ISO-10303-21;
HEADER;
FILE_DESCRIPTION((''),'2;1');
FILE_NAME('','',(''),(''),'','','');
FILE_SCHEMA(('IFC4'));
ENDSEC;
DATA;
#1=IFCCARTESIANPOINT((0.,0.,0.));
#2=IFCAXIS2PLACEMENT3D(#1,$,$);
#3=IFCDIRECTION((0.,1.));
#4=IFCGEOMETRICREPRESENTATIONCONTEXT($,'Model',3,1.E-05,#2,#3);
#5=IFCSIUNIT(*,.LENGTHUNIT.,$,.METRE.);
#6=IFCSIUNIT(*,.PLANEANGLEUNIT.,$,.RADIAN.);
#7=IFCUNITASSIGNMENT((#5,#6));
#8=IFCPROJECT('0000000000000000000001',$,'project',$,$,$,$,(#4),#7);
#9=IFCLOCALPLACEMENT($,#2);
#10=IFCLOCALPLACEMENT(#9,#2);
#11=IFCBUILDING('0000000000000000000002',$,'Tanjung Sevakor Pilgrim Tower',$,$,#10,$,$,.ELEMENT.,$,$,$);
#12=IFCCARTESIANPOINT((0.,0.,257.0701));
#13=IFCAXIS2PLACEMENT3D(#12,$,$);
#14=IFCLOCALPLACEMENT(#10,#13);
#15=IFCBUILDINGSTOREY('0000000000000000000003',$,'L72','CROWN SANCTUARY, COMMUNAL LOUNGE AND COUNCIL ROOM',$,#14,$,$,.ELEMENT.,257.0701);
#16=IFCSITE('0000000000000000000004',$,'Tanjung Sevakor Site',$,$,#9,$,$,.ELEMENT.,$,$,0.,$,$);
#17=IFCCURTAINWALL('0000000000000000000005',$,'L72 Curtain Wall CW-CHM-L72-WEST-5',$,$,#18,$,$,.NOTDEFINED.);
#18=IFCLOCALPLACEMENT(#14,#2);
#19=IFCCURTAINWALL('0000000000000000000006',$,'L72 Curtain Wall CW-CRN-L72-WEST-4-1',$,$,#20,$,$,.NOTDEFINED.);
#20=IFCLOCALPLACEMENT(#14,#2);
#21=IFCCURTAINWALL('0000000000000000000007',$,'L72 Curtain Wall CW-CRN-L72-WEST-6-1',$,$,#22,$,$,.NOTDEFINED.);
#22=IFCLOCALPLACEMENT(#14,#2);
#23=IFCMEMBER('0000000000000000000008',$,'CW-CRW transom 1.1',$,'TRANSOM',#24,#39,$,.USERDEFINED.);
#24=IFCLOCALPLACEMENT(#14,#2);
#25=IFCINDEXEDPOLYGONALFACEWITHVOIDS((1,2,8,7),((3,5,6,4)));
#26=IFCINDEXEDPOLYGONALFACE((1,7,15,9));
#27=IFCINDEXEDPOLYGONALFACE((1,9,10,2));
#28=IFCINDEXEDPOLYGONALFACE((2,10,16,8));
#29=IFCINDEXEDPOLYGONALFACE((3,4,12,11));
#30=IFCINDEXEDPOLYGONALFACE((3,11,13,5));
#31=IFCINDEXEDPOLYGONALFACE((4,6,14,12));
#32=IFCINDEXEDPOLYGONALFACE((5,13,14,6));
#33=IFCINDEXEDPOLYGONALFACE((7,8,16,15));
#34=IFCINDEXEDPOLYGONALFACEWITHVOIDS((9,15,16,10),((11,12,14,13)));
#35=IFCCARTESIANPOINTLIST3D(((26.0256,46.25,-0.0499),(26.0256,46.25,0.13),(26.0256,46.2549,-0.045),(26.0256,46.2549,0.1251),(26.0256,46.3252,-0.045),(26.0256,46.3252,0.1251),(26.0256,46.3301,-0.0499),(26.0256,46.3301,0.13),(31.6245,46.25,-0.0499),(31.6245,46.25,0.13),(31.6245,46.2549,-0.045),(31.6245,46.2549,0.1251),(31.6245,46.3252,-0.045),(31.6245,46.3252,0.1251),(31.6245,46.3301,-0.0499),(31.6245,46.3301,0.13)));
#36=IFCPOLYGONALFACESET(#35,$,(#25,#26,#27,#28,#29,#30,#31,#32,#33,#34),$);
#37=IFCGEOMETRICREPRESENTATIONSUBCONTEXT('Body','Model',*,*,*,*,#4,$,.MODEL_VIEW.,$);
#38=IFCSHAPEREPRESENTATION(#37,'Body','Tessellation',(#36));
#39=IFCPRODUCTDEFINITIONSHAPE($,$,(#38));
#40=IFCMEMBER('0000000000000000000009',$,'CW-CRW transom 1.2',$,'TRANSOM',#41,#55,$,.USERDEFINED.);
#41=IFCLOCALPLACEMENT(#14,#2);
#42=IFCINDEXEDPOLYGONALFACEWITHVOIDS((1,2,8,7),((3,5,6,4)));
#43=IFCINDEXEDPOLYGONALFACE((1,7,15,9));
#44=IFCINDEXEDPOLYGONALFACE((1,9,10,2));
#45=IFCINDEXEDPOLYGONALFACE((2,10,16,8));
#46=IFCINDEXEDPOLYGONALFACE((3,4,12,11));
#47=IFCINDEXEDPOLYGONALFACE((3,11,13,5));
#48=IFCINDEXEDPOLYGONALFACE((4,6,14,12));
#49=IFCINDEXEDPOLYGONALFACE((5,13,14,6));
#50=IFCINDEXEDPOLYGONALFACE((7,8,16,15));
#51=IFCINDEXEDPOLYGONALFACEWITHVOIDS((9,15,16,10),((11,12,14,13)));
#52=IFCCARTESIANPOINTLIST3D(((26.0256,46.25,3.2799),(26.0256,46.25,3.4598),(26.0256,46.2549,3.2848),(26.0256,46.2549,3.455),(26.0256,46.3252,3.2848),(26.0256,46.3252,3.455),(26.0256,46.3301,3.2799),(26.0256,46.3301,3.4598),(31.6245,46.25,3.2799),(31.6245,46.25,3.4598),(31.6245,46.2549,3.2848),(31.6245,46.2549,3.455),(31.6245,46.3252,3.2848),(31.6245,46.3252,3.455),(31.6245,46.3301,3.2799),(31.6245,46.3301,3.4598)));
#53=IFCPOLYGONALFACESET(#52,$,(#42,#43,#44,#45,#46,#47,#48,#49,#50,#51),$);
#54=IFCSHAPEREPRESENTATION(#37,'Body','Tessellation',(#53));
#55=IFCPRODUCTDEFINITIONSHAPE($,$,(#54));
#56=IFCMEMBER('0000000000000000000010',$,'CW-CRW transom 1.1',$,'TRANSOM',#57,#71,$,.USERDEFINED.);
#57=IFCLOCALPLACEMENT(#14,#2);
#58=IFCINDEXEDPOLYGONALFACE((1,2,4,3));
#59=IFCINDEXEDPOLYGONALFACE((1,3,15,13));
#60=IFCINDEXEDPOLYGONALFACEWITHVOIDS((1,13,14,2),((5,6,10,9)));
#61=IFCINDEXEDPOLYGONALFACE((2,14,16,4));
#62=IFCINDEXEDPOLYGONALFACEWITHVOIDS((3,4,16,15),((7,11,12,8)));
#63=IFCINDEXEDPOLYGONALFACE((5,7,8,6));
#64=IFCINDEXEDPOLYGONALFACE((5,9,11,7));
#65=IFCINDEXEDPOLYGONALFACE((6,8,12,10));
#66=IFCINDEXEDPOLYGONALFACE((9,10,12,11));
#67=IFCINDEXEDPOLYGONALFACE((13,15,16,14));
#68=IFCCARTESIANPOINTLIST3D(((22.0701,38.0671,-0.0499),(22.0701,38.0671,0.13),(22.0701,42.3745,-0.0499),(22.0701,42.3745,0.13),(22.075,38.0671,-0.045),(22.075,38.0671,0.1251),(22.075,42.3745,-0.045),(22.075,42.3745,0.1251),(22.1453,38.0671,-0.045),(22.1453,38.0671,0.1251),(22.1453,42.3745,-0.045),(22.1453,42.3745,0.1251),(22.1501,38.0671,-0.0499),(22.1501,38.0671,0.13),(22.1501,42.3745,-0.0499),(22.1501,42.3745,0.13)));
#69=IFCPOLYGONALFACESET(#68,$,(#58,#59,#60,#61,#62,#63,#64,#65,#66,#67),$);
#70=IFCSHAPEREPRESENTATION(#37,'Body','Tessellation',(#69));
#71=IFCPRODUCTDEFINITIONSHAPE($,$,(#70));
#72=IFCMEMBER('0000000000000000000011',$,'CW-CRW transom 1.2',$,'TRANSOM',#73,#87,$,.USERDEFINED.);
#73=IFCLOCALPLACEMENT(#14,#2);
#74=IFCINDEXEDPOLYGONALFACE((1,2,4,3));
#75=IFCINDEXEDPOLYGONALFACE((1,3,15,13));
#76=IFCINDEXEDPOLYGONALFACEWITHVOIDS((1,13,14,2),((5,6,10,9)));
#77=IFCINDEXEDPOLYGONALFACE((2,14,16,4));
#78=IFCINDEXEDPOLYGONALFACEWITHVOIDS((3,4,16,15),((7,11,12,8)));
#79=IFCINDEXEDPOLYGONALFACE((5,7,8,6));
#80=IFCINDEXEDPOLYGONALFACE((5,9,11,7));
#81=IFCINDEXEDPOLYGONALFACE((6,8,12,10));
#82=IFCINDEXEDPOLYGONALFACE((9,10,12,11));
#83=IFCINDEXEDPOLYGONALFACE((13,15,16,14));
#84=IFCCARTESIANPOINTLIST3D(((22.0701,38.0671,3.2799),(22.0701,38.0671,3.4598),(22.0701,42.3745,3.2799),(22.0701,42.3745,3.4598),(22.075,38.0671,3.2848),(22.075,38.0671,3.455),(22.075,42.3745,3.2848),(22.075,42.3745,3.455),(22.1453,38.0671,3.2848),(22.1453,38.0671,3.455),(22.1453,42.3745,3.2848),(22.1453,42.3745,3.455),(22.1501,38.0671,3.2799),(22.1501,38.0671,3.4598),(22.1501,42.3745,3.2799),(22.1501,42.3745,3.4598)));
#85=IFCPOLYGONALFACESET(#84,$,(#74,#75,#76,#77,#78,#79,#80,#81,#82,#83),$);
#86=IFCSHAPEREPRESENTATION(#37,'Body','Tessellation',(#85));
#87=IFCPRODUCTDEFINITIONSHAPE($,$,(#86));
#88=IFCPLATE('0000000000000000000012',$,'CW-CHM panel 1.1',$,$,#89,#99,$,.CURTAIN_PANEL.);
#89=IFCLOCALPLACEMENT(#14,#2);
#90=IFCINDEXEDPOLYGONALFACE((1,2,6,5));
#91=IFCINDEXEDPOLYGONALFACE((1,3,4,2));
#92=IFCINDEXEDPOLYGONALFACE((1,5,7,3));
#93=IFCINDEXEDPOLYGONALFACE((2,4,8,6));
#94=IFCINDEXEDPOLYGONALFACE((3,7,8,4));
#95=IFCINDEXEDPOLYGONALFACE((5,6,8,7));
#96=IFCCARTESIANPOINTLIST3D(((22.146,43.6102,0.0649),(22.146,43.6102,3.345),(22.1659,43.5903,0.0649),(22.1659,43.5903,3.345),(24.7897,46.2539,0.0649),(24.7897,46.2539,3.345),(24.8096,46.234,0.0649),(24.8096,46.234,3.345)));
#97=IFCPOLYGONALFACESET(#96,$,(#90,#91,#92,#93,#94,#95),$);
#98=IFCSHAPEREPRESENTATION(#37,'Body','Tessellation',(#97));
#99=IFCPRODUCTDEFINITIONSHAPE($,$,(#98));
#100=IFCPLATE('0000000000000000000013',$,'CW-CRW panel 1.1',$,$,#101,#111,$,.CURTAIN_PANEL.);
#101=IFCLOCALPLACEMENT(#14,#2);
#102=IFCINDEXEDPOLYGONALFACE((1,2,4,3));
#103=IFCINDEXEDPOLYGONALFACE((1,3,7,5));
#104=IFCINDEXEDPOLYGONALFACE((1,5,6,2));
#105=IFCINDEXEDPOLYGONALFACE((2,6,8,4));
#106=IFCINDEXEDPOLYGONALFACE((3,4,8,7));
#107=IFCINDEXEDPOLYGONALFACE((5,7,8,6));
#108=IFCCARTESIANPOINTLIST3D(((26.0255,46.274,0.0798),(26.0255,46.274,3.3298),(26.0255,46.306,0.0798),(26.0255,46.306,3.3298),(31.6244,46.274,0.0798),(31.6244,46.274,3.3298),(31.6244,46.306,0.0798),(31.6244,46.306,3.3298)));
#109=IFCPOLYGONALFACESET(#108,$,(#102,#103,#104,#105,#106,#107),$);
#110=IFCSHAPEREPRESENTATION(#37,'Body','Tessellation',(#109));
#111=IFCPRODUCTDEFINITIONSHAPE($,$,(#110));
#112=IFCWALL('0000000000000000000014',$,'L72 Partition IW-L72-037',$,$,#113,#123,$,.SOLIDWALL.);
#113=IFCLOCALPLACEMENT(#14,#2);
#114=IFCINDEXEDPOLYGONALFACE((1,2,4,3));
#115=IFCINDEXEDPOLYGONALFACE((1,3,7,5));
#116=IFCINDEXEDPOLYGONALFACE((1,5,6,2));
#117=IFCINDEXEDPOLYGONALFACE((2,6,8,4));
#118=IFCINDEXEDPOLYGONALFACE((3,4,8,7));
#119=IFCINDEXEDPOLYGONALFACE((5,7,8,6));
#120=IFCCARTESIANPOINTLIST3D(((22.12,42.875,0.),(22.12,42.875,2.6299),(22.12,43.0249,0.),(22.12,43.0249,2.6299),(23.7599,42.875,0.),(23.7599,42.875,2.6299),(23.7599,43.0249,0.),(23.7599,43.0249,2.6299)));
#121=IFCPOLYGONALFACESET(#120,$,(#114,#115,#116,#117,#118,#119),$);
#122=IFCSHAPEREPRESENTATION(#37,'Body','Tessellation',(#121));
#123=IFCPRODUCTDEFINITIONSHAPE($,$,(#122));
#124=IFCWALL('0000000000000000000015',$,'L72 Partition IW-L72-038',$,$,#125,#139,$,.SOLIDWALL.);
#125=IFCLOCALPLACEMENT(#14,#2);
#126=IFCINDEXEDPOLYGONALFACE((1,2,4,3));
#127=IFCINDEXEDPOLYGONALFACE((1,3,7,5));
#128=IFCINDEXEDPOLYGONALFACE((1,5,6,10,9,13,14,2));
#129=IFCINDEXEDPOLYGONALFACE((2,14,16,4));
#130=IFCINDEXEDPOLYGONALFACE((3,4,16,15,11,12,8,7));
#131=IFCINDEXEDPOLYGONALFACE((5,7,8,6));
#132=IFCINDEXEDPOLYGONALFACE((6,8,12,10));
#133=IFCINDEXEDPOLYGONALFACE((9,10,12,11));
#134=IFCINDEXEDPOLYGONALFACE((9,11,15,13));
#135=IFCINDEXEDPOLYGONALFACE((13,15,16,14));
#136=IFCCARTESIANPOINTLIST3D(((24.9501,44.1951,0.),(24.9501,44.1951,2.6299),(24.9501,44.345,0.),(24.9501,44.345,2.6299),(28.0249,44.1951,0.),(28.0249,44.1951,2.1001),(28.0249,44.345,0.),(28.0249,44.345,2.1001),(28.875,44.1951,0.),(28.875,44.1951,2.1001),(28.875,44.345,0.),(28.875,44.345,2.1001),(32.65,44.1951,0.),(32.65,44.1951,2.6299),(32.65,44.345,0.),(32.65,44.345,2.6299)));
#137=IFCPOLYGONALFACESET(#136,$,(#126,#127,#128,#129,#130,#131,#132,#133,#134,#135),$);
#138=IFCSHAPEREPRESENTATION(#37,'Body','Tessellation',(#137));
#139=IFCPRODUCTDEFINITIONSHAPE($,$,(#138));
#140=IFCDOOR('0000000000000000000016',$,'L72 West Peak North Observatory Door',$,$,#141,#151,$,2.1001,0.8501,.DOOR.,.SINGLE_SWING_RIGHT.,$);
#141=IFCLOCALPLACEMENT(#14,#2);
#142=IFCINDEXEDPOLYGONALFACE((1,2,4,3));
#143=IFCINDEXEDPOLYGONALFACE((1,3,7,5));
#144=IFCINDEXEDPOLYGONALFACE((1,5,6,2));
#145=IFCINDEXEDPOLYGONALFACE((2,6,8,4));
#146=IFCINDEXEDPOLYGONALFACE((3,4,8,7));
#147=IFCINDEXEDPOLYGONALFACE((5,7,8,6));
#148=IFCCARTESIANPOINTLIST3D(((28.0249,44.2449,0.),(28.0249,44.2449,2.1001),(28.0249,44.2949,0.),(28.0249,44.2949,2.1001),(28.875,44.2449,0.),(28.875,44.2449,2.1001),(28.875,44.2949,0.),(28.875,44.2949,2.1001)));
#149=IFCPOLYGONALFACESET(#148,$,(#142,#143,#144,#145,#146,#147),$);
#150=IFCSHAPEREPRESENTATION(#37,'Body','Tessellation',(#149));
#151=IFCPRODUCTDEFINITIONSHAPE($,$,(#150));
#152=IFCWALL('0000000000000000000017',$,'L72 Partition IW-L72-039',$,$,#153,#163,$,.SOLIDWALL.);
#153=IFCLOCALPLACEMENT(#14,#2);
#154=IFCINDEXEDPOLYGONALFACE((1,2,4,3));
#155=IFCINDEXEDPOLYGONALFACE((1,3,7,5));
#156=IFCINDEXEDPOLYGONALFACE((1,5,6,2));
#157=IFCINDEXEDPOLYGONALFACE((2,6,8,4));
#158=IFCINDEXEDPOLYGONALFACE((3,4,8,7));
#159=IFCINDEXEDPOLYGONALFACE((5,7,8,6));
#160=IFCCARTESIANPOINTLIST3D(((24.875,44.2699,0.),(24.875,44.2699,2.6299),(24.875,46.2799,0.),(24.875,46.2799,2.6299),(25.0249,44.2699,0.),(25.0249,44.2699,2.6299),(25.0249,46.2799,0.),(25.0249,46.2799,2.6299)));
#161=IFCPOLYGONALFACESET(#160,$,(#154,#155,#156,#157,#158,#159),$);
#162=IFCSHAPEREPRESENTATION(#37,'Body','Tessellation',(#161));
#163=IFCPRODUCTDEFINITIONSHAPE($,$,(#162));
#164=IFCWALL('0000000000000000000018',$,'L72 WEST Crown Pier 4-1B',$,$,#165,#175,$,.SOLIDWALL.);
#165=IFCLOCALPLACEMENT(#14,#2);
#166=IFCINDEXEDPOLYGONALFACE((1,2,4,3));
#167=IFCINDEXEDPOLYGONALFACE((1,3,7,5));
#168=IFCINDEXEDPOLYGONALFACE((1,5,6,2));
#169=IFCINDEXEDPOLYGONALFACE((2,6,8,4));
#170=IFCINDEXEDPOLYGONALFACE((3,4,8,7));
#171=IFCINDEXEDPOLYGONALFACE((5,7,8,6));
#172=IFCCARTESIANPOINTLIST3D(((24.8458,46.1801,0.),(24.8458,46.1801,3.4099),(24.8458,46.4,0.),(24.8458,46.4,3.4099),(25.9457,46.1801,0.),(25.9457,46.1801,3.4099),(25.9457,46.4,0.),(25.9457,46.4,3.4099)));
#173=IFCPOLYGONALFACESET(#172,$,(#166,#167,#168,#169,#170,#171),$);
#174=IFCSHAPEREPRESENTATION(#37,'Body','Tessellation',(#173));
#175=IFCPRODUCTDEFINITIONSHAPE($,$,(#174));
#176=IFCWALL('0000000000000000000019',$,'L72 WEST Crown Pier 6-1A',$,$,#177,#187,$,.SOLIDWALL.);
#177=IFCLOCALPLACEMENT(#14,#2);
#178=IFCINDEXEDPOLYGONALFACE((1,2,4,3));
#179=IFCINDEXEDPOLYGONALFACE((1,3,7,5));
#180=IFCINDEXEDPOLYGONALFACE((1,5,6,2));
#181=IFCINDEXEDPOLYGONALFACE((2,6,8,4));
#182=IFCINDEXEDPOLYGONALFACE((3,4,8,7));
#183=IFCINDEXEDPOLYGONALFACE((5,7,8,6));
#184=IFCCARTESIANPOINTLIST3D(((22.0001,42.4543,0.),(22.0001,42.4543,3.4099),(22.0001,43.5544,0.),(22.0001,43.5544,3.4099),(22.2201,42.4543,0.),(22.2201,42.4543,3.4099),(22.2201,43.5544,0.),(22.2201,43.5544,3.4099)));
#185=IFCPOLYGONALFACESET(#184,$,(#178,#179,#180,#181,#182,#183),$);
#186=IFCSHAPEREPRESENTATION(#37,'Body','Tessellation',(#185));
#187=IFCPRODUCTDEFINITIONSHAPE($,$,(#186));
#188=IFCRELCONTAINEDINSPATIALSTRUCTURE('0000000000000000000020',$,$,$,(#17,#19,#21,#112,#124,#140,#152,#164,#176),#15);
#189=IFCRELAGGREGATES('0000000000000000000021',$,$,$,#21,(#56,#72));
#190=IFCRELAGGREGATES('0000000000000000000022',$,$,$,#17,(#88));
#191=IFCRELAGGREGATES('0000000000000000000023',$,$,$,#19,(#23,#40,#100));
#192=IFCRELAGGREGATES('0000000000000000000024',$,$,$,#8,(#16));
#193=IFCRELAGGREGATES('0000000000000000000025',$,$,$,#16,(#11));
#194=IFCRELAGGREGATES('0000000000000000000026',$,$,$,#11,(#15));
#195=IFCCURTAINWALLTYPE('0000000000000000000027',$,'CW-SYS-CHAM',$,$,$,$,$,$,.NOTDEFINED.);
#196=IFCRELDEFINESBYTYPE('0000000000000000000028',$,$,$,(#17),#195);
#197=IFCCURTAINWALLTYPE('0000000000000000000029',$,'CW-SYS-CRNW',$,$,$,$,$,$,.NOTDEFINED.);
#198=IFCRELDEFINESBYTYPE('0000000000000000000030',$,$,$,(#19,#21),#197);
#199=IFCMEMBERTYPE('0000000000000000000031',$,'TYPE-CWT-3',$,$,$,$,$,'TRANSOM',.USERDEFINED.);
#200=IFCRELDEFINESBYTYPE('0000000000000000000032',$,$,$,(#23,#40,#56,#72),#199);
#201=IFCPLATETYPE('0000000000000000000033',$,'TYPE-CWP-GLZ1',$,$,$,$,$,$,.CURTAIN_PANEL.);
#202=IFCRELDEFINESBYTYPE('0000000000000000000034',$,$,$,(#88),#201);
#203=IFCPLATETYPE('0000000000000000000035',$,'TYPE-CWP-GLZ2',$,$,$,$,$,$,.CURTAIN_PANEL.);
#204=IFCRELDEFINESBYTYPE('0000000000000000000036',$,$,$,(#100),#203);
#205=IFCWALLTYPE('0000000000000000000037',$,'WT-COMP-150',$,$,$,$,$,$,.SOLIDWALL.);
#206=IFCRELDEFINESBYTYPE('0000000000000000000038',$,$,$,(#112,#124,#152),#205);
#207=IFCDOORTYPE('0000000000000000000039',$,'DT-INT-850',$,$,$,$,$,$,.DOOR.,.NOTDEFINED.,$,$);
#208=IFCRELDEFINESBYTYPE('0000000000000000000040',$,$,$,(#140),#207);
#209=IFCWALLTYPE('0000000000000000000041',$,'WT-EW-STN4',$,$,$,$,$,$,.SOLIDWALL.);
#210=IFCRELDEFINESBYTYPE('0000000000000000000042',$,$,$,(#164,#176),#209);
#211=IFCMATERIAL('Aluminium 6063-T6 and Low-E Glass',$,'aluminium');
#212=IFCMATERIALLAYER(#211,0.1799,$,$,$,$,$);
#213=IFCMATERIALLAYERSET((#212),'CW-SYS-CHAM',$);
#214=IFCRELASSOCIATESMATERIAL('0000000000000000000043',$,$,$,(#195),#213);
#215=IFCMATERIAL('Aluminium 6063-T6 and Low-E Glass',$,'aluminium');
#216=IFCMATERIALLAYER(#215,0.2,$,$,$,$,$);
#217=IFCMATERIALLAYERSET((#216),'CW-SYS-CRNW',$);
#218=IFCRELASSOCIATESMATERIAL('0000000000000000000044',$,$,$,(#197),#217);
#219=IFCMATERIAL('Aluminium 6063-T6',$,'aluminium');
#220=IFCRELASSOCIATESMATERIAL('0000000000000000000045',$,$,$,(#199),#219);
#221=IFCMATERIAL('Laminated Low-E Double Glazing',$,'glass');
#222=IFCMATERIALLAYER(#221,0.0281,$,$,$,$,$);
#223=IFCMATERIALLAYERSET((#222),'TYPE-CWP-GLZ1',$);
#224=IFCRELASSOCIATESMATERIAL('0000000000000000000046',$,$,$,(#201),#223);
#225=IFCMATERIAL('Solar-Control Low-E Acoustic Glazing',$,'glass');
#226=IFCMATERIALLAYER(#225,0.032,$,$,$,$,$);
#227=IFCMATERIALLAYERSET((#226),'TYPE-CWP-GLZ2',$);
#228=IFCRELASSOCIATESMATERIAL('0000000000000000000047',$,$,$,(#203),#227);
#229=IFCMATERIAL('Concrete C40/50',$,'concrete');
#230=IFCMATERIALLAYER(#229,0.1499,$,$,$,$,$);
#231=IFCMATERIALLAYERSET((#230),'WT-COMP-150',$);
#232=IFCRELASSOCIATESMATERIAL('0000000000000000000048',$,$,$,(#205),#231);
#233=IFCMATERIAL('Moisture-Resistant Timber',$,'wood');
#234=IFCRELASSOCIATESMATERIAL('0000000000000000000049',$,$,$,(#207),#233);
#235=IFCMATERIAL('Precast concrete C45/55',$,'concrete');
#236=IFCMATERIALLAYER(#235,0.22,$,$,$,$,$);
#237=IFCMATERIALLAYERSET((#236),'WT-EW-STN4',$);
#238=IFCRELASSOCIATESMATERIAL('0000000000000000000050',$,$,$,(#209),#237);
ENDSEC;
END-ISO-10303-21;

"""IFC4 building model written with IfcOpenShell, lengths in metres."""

from ifc_helpers import new_model, si_unit, direction, frame, frame_2d, origin, origin_2d, place, context, subcontext, project, spatial, rectangle, hollow_rectangle, extrude, material, layer, layer_set, material_profile, profile_set, type_object, element, fill, aggregate, save


model = new_model("IFC4")

# Units and contexts
model_context = context("Model", 3, precision=1e-05, world=origin(), true_north=direction((0.0, 1.0)))
body_context = subcontext(model_context, "Body", "Model", "MODEL_VIEW")
ifc_project = project(units=[si_unit("LENGTHUNIT", "METRE"), si_unit("PLANEANGLEUNIT", "RADIAN")], contexts=[model_context])

# Site, building, storey
site_placement = place(None, origin())
site = spatial("IfcSite", under=ifc_project, at=site_placement, Name="Tanjung Sevakor Site", CompositionType="ELEMENT", RefElevation=0.0)
building_placement = place(site_placement, origin())
building = spatial("IfcBuilding", under=site, at=building_placement, Name="Tanjung Sevakor Pilgrim Tower", CompositionType="ELEMENT")
storey_placement = place(building_placement, frame((0.0, 0.0, 257.0701)))
storey = spatial("IfcBuildingStorey", under=building, at=storey_placement, Name="L72", Description="CROWN SANCTUARY, COMMUNAL LOUNGE AND COUNCIL ROOM", CompositionType="ELEMENT", Elevation=257.0701)

# Curtain walls
ifc_material_1 = material(Name="Aluminium 6063-T6 and Low-E Glass", Category="aluminium")
ifc_layer_1 = layer(ifc_material_1, 0.1799)
ifc_layer_set_1 = layer_set([ifc_layer_1], Name="CW-SYS-CHAM")
curtain_wall_type_1 = type_object("IfcCurtainWallType", Name="CW-SYS-CHAM", PredefinedType="NOTDEFINED", material=ifc_layer_set_1)
curtain_wall_1_placement = place(storey_placement, origin())
curtain_wall_1 = element("IfcCurtainWall", 1, at=curtain_wall_1_placement, inside=storey, type_object=curtain_wall_type_1, Name="L72 Curtain Wall CW-CHM-L72-WEST-5", PredefinedType="NOTDEFINED")
ifc_material_2 = material(Name="Aluminium 6063-T6 and Low-E Glass", Category="aluminium")
ifc_layer_2 = layer(ifc_material_2, 0.2)
ifc_layer_set_2 = layer_set([ifc_layer_2], Name="CW-SYS-CRNW")
curtain_wall_type_2 = type_object("IfcCurtainWallType", Name="CW-SYS-CRNW", PredefinedType="NOTDEFINED", material=ifc_layer_set_2)
curtain_wall_2_placement = place(storey_placement, origin())
curtain_wall_2 = element("IfcCurtainWall", 2, at=curtain_wall_2_placement, inside=storey, type_object=curtain_wall_type_2, Name="L72 Curtain Wall CW-CRN-L72-WEST-4-1", PredefinedType="NOTDEFINED")

# Curtain wall
curtain_wall_3_placement = place(storey_placement, origin())
curtain_wall_3 = element("IfcCurtainWall", 3, at=curtain_wall_3_placement, inside=storey, type_object=curtain_wall_type_2, Name="L72 Curtain Wall CW-CRN-L72-WEST-6-1", PredefinedType="NOTDEFINED")

# Members
ifc_material_3 = material(Name="Aluminium 6063-T6", Category="aluminium")
ifc_material_profile_1 = material_profile(ifc_material_3, hollow_rectangle(XDim=0.0801, YDim=0.1799, WallThickness=0.0049, at=origin_2d()))
ifc_profile_set_1 = profile_set([ifc_material_profile_1], Name="Aluminium 6063-T6")
member_type_1 = type_object("IfcMemberType", Name="TYPE-CWT-3", ElementType="TRANSOM", PredefinedType="USERDEFINED", material=ifc_profile_set_1)
member_1_placement = place(storey_placement, frame((31.6245, 46.29, 0.04), z_axis=(-1.0, 0.0, 0.0), x_axis=(0.0, -1.0, 0.0)))
member_1 = element("IfcMember", 4, at=member_1_placement, type_object=member_type_1, Name="CW-CRW transom 1.1", ObjectType="TRANSOM", PredefinedType="USERDEFINED", context=body_context, shape_type="SweptSolid", body=[
    extrude(hollow_rectangle(XDim=0.0801, YDim=0.1799, WallThickness=0.0049, at=origin_2d()), origin(), (0.0, 0.0, 1.0), 5.5989),
])
member_2_placement = place(storey_placement, frame((31.6245, 46.29, 3.3699), z_axis=(-1.0, 0.0, 0.0), x_axis=(0.0, -1.0, 0.0)))
member_2 = element("IfcMember", 5, at=member_2_placement, type_object=member_type_1, Name="CW-CRW transom 1.2", ObjectType="TRANSOM", PredefinedType="USERDEFINED", context=body_context, shape_type="SweptSolid", body=[
    extrude(hollow_rectangle(XDim=0.0801, YDim=0.1799, WallThickness=0.0049, at=origin_2d()), origin(), (0.0, 0.0, 1.0), 5.5989),
])
member_3_placement = place(storey_placement, frame((22.1101, 42.3745, 0.04), z_axis=(0.0, -1.0, 0.0), x_axis=(1.0, 0.0, 0.0)))
member_3 = element("IfcMember", 6, at=member_3_placement, type_object=member_type_1, Name="CW-CRW transom 1.1", ObjectType="TRANSOM", PredefinedType="USERDEFINED", context=body_context, shape_type="SweptSolid", body=[
    extrude(hollow_rectangle(XDim=0.0801, YDim=0.1799, WallThickness=0.0049, at=origin_2d()), origin(), (0.0, 0.0, 1.0), 4.3074),
])
member_4_placement = place(storey_placement, frame((22.1101, 42.3745, 3.3699), z_axis=(0.0, -1.0, 0.0), x_axis=(1.0, 0.0, 0.0)))
member_4 = element("IfcMember", 7, at=member_4_placement, type_object=member_type_1, Name="CW-CRW transom 1.2", ObjectType="TRANSOM", PredefinedType="USERDEFINED", context=body_context, shape_type="SweptSolid", body=[
    extrude(hollow_rectangle(XDim=0.0801, YDim=0.1799, WallThickness=0.0049, at=origin_2d()), origin(), (0.0, 0.0, 1.0), 4.3074),
])
aggregate(curtain_wall_3, [member_3, member_4])

# Plates
ifc_material_4 = material(Name="Laminated Low-E Double Glazing", Category="glass")
ifc_layer_3 = layer(ifc_material_4, 0.0281)
ifc_layer_set_3 = layer_set([ifc_layer_3], Name="TYPE-CWP-GLZ1")
plate_type_1 = type_object("IfcPlateType", Name="TYPE-CWP-GLZ1", PredefinedType="CURTAIN_PANEL", material=ifc_layer_set_3)
plate_1_placement = place(storey_placement, frame((23.4778, 44.9221, 0.0649), z_axis=(0.0, 0.0, 1.0), x_axis=(-0.707107, -0.707107, 0.0)))
plate_1 = element("IfcPlate", 8, at=plate_1_placement, type_object=plate_type_1, Name="CW-CHM panel 1.1", PredefinedType="CURTAIN_PANEL", context=body_context, shape_type="SweptSolid", body=[
    extrude(rectangle(XDim=3.7388, YDim=0.0281, at=origin_2d()), origin(), (0.0, 0.0, 1.0), 3.28),
])
aggregate(curtain_wall_1, [plate_1])
ifc_material_5 = material(Name="Solar-Control Low-E Acoustic Glazing", Category="glass")
ifc_layer_4 = layer(ifc_material_5, 0.032)
ifc_layer_set_4 = layer_set([ifc_layer_4], Name="TYPE-CWP-GLZ2")
plate_type_2 = type_object("IfcPlateType", Name="TYPE-CWP-GLZ2", PredefinedType="CURTAIN_PANEL", material=ifc_layer_set_4)
plate_2_placement = place(storey_placement, frame((28.825, 46.29, 0.0798), z_axis=(0.0, 0.0, 1.0), x_axis=(-1.0, 0.0, 0.0)))
plate_2 = element("IfcPlate", 9, at=plate_2_placement, type_object=plate_type_2, Name="CW-CRW panel 1.1", PredefinedType="CURTAIN_PANEL", context=body_context, shape_type="SweptSolid", body=[
    extrude(rectangle(XDim=5.5989, YDim=0.032, at=origin_2d()), origin(), (0.0, 0.0, 1.0), 3.25),
])
aggregate(curtain_wall_2, [member_1, member_2, plate_2])

# Wall
ifc_material_6 = material(Name="Concrete C40/50", Category="concrete")
ifc_layer_5 = layer(ifc_material_6, 0.1499)
ifc_layer_set_5 = layer_set([ifc_layer_5], Name="WT-COMP-150")
wall_type_1 = type_object("IfcWallType", Name="WT-COMP-150", PredefinedType="SOLIDWALL", material=ifc_layer_set_5)
wall_1_placement = place(storey_placement, frame((22.1201, 42.95, 0.0), z_axis=(0.0, 0.0, 1.0), x_axis=(1.0, 0.0, 0.0)))
element("IfcWall", 10, at=wall_1_placement, inside=storey, type_object=wall_type_1, Name="L72 Partition IW-L72-037", PredefinedType="SOLIDWALL", context=body_context, shape_type="SweptSolid", body=[
    extrude(rectangle(XDim=1.6399, YDim=0.1499, at=frame_2d((0.8198, 0.0))), origin(), (0.0, 0.0, 1.0), 2.6299),
])

# Wall, opening, door
wall_2_placement = place(storey_placement, frame((24.95, 44.27, 0.0), z_axis=(0.0, 0.0, 1.0), x_axis=(1.0, 0.0, 0.0)))
wall_2 = element("IfcWall", 11, at=wall_2_placement, inside=storey, type_object=wall_type_1, Name="L72 Partition IW-L72-038", PredefinedType="SOLIDWALL", context=body_context, shape_type="SweptSolid", body=[
    extrude(rectangle(XDim=7.7, YDim=0.1499, at=frame_2d((3.8501, 0.0))), origin(), (0.0, 0.0, 1.0), 2.6299),
])
opening_placement = place(wall_2_placement, frame((3.075, 0.0, 0.0)))
opening = element("IfcOpeningElement", 12, at=opening_placement, cuts=wall_2, PredefinedType="OPENING", context=body_context, shape_type="SweptSolid", body=[
    extrude(rectangle(XDim=0.8501, YDim=2.1001, at=frame_2d((0.425, 1.05))), frame((0.0, 0.085, 0.0), z_axis=(0.0, -1.0, 0.0), x_axis=(1.0, 0.0, 0.0)), (0.0, 0.0, 1.0), 0.1699),
])
ifc_material_7 = material(Name="Moisture-Resistant Timber", Category="wood")
door_type = type_object("IfcDoorType", Name="DT-INT-850", OperationType="NOTDEFINED", PredefinedType="DOOR", material=ifc_material_7)
door_placement = place(opening_placement, origin())
door = element("IfcDoor", 13, at=door_placement, inside=storey, type_object=door_type, Name="L72 West Peak North Observatory Door", OperationType="SINGLE_SWING_RIGHT", OverallHeight=2.1001, OverallWidth=0.8501, PredefinedType="DOOR", context=body_context, shape_type="SweptSolid", body=[
    extrude(rectangle(XDim=0.8501, YDim=2.1001, at=frame_2d((0.425, 1.05))), frame((0.0, 0.0249, 0.0), z_axis=(0.0, -1.0, 0.0), x_axis=(1.0, 0.0, 0.0)), (0.0, 0.0, 1.0), 0.05),
])
fill(opening, door)

# Walls
wall_3_placement = place(storey_placement, frame((24.95, 44.27, 0.0), z_axis=(0.0, 0.0, 1.0), x_axis=(0.0, 1.0, 0.0)))
element("IfcWall", 14, at=wall_3_placement, inside=storey, type_object=wall_type_1, Name="L72 Partition IW-L72-039", PredefinedType="SOLIDWALL", context=body_context, shape_type="SweptSolid", body=[
    extrude(rectangle(XDim=2.01, YDim=0.1499, at=frame_2d((1.0049, 0.0))), origin(), (0.0, 0.0, 1.0), 2.6299),
])
ifc_material_8 = material(Name="Precast concrete C45/55", Category="concrete")
ifc_layer_6 = layer(ifc_material_8, 0.22)
ifc_layer_set_6 = layer_set([ifc_layer_6], Name="WT-EW-STN4")
wall_type_2 = type_object("IfcWallType", Name="WT-EW-STN4", PredefinedType="SOLIDWALL", material=ifc_layer_set_6)
wall_4_placement = place(storey_placement, frame((25.9456, 46.29, 0.0), z_axis=(0.0, 0.0, 1.0), x_axis=(-1.0, 0.0, 0.0)))
element("IfcWall", 15, at=wall_4_placement, inside=storey, type_object=wall_type_2, Name="L72 WEST Crown Pier 4-1B", PredefinedType="SOLIDWALL", context=body_context, shape_type="SweptSolid", body=[
    extrude(rectangle(XDim=1.0999, YDim=0.22, at=frame_2d((0.5498, 0.0))), origin(), (0.0, 0.0, 1.0), 3.4099),
])
wall_5_placement = place(storey_placement, frame((22.1101, 43.5544, 0.0), z_axis=(0.0, 0.0, 1.0), x_axis=(0.0, -1.0, 0.0)))
element("IfcWall", 16, at=wall_5_placement, inside=storey, type_object=wall_type_2, Name="L72 WEST Crown Pier 6-1A", PredefinedType="SOLIDWALL", context=body_context, shape_type="SweptSolid", body=[
    extrude(rectangle(XDim=1.1001, YDim=0.22, at=frame_2d((0.55, 0.0))), origin(), (0.0, 0.0, 1.0), 3.4099),
])

save(model, "model.ifc")
